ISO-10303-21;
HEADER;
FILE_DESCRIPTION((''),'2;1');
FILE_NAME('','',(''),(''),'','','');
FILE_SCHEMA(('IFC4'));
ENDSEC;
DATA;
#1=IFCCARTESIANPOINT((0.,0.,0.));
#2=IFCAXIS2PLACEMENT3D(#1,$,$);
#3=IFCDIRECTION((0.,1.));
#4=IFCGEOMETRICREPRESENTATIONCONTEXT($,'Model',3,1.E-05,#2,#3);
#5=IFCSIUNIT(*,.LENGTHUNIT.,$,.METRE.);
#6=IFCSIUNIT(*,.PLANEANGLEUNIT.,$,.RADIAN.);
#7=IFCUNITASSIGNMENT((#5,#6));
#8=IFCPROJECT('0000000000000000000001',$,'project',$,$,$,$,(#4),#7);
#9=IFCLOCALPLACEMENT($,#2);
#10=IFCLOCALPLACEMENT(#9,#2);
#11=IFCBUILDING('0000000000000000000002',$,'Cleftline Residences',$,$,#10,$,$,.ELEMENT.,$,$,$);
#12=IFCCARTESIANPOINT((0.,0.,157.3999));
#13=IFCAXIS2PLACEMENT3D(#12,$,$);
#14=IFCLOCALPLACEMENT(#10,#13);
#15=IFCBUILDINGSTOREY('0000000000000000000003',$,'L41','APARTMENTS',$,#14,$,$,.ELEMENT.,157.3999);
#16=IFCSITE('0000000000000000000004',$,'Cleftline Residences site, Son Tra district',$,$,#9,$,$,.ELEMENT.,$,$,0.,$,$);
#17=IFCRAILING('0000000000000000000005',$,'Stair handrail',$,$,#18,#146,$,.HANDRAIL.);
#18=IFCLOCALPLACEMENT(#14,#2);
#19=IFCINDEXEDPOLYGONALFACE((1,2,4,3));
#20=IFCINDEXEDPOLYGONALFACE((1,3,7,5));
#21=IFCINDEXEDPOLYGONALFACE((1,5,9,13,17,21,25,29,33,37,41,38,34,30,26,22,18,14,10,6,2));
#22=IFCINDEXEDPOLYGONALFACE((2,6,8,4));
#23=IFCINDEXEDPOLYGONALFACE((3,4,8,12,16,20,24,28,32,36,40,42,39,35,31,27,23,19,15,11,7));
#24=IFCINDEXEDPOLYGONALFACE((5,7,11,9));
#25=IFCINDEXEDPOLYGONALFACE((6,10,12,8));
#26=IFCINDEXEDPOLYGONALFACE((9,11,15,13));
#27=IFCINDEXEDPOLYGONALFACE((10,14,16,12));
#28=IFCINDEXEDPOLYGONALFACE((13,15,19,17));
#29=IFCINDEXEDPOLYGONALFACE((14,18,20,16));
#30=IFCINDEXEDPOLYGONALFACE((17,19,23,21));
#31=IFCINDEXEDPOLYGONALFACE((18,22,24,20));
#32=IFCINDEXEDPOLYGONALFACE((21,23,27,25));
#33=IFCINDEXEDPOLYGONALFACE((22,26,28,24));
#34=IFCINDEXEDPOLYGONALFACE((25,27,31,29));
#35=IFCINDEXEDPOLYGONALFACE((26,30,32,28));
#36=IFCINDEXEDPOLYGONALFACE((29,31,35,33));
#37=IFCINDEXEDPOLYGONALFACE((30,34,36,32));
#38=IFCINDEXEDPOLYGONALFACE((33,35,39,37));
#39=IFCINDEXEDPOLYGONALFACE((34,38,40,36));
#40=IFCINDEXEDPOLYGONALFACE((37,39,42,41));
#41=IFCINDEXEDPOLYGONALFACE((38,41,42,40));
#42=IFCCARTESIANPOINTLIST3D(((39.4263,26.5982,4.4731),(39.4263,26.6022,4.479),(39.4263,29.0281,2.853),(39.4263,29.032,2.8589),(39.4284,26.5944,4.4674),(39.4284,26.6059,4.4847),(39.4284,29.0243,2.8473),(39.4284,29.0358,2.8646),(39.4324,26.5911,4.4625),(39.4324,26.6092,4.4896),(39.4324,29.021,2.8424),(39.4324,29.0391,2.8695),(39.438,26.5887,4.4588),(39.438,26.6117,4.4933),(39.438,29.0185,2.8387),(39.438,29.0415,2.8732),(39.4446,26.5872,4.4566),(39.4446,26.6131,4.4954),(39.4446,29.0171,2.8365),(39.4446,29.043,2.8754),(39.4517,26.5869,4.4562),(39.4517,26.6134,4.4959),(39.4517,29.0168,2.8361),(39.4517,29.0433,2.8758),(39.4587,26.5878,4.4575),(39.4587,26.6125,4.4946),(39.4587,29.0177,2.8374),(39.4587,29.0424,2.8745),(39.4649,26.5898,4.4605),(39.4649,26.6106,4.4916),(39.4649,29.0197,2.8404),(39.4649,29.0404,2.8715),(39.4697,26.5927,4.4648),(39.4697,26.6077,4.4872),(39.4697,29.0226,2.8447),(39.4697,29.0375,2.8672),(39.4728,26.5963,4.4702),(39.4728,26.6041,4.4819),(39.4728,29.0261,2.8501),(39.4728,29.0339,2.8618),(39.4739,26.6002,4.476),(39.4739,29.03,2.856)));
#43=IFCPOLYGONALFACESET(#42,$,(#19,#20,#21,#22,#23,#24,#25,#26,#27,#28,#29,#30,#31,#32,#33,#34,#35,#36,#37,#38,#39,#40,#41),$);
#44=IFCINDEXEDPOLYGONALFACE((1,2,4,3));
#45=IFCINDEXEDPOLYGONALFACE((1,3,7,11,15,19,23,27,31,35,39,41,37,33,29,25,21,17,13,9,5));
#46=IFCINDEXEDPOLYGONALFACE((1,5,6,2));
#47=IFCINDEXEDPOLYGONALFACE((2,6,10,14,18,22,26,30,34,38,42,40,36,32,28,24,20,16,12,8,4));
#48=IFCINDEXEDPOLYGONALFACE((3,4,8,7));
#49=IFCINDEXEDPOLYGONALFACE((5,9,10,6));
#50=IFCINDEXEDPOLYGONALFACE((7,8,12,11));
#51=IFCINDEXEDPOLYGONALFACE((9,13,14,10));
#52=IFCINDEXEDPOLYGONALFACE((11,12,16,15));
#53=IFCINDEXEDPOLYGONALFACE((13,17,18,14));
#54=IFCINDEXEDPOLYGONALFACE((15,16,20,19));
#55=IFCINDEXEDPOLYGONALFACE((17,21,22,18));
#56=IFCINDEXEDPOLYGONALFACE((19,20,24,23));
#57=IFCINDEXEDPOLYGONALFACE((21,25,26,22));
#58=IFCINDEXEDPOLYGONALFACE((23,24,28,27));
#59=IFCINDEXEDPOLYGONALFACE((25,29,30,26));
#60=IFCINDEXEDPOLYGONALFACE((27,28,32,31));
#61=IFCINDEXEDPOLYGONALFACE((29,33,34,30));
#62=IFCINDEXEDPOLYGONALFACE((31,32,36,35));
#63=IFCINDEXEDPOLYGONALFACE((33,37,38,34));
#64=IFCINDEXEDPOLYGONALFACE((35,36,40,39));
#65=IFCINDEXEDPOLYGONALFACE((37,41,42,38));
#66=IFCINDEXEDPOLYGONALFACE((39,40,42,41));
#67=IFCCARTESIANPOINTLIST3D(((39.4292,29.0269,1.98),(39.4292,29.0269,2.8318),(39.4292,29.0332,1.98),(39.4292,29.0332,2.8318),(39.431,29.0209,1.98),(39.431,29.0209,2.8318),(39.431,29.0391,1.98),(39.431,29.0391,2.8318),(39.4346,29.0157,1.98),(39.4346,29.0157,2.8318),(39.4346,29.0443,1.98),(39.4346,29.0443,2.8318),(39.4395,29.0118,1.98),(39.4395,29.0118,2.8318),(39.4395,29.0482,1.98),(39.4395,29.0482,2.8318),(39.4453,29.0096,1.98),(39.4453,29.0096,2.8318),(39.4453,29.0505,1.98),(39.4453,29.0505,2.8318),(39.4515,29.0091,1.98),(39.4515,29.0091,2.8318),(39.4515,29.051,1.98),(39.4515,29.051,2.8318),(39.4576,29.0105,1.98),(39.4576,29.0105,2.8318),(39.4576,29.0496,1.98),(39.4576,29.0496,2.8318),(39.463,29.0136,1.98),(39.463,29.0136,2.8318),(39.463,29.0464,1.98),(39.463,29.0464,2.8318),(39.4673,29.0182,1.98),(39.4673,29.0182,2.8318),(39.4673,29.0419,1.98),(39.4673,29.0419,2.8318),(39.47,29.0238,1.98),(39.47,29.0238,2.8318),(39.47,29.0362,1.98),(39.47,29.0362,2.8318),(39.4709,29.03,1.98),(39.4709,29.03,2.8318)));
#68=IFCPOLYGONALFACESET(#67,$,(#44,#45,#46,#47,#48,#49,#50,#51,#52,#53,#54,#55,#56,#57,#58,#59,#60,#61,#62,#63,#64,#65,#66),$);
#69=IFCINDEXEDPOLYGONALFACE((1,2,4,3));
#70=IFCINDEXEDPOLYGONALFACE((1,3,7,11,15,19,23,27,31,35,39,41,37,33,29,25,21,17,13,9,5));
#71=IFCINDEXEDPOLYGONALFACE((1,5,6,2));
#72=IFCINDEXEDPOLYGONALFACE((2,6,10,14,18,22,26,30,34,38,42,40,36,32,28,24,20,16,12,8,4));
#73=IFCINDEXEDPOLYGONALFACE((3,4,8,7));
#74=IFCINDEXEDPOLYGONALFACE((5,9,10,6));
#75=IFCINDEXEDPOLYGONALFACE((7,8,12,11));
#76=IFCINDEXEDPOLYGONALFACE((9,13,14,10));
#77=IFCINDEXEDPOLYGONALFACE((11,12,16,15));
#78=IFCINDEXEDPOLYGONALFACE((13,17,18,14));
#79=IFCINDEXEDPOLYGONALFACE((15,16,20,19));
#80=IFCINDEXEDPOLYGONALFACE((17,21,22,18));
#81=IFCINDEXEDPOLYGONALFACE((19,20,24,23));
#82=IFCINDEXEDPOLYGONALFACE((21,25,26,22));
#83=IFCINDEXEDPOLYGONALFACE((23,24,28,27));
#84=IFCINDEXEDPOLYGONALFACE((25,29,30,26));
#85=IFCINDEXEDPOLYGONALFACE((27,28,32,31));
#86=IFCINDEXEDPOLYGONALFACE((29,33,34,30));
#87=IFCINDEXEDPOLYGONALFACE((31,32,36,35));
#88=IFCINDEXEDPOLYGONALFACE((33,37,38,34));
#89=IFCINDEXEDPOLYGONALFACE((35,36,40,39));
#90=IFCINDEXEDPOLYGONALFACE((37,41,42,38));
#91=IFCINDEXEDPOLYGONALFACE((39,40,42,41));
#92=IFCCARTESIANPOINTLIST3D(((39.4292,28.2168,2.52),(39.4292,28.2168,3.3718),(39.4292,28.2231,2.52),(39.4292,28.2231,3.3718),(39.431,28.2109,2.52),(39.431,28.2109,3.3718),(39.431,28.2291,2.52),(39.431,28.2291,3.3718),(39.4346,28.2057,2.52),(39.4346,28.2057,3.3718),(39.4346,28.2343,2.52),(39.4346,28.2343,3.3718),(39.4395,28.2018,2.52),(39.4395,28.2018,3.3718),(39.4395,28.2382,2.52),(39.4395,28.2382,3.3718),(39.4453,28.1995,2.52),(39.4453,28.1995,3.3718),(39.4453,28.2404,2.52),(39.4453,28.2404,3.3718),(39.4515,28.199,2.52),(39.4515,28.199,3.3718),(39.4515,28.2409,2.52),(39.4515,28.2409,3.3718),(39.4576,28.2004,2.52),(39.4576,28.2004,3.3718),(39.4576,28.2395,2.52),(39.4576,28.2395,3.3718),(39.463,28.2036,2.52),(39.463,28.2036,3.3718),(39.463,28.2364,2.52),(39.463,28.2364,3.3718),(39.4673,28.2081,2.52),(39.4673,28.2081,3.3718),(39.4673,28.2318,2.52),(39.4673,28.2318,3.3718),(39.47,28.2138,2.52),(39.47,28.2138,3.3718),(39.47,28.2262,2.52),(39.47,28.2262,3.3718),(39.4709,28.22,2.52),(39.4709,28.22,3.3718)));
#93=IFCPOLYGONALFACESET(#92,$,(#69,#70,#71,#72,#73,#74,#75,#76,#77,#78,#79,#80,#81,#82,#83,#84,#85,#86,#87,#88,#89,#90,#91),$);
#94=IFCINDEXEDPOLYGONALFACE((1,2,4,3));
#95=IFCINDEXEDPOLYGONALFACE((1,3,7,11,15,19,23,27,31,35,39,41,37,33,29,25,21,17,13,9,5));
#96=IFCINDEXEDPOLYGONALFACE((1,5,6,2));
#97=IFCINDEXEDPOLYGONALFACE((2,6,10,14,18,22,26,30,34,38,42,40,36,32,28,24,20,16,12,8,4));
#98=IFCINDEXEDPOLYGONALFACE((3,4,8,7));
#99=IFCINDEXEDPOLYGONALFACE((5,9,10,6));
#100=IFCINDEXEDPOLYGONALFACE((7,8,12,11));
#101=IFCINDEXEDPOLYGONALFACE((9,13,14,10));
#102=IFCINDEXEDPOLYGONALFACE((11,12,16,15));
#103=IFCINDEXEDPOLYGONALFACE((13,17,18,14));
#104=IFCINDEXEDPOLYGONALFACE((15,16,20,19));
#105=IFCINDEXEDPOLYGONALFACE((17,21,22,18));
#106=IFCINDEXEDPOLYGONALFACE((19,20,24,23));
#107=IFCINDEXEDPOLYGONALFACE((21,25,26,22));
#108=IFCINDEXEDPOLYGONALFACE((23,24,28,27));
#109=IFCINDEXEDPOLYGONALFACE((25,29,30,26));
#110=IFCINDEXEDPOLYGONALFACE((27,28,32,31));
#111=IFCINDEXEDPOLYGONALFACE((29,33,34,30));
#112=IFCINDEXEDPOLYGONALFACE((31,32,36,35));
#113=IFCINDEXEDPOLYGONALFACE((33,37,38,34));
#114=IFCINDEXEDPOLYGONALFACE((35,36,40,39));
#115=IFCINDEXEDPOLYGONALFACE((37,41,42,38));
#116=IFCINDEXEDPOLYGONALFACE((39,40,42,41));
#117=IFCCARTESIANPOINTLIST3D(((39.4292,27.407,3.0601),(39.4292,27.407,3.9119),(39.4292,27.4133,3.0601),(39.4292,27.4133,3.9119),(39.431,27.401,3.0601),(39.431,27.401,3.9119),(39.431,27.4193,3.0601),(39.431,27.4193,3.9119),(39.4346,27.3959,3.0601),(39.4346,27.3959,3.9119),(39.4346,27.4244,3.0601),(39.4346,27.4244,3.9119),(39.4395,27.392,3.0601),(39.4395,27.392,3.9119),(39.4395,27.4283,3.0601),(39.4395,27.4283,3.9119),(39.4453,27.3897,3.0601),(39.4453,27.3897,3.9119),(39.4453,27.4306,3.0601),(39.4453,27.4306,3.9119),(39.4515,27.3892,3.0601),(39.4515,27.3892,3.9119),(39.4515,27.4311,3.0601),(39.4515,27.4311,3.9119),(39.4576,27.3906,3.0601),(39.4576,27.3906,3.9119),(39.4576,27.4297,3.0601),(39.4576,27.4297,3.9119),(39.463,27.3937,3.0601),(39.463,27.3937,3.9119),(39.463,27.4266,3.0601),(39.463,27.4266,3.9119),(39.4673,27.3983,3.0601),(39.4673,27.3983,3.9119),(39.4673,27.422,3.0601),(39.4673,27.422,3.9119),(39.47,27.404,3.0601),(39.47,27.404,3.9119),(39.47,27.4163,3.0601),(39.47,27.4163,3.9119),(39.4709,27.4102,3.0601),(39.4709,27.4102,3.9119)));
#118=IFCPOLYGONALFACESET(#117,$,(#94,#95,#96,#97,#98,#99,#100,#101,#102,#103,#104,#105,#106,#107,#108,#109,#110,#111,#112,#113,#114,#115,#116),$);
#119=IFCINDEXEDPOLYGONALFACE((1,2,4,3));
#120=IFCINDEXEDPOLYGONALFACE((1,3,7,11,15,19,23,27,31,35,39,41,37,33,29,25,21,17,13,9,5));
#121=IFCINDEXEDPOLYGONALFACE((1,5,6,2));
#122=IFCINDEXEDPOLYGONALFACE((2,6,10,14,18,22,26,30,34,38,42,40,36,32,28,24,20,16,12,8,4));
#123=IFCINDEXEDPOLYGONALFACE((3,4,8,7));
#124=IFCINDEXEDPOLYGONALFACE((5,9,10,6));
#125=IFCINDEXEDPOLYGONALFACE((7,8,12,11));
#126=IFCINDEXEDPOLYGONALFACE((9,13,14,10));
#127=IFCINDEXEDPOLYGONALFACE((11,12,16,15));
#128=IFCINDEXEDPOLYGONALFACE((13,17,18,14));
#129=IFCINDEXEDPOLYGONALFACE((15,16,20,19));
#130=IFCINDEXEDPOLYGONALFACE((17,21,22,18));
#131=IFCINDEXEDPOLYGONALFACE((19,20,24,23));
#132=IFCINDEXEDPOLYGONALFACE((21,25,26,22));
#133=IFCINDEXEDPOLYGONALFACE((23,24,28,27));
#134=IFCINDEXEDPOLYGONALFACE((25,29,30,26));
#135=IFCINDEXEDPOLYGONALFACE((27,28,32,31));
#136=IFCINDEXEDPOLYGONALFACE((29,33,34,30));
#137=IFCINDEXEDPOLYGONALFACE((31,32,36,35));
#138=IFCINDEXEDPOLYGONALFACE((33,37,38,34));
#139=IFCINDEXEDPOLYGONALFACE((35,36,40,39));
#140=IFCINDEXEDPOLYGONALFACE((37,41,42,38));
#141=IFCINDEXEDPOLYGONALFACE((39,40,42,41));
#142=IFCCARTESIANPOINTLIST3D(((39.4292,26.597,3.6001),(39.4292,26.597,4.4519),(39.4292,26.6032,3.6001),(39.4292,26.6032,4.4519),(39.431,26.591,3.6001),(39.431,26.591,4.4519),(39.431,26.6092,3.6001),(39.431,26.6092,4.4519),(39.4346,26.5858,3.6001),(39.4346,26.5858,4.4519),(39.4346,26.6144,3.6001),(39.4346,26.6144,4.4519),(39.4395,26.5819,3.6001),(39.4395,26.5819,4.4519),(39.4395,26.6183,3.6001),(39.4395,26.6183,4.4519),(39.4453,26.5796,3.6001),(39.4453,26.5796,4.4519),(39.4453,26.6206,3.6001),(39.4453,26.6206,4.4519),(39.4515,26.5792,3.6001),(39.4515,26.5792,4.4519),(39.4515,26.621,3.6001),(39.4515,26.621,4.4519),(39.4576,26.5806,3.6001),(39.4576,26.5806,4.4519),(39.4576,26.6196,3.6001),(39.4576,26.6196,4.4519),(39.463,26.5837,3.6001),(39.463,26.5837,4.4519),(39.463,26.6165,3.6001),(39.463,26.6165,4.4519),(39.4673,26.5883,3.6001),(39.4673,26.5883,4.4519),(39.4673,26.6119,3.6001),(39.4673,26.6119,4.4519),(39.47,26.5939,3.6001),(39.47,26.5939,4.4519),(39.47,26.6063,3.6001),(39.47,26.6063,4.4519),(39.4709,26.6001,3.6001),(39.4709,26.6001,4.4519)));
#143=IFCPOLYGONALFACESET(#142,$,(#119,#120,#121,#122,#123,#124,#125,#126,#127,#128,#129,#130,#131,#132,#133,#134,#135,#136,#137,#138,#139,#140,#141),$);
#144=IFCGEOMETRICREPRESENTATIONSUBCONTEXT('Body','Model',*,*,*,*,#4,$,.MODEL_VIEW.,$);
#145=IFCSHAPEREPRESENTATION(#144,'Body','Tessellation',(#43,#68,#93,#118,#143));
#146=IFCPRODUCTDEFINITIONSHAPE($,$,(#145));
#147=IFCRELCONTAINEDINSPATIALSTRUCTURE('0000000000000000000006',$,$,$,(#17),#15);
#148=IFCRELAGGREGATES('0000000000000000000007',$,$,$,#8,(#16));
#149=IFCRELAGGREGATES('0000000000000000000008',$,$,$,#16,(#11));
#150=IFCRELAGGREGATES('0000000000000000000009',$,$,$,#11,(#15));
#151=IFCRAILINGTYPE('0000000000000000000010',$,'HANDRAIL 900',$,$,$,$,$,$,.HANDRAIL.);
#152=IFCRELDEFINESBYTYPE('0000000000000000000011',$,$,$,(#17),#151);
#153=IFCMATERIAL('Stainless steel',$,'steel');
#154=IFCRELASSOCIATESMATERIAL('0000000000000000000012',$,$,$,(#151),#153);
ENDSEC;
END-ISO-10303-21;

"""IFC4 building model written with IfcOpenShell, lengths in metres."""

from ifc_helpers import new_model, si_unit, direction, frame, origin, origin_2d, place, context, subcontext, project, spatial, circle, extrude, material, type_object, element, save


model = new_model("IFC4")

# Units and contexts
model_context = context("Model", 3, precision=1e-05, world=origin(), true_north=direction((0.0, 1.0)))
body_context = subcontext(model_context, "Body", "Model", "MODEL_VIEW")
ifc_project = project(units=[si_unit("LENGTHUNIT", "METRE"), si_unit("PLANEANGLEUNIT", "RADIAN")], contexts=[model_context])

# Site, building, storey
site_placement = place(None, origin())
site = spatial("IfcSite", under=ifc_project, at=site_placement, Name="Cleftline Residences site, Son Tra district", CompositionType="ELEMENT", RefElevation=0.0)
building_placement = place(site_placement, origin())
building = spatial("IfcBuilding", under=site, at=building_placement, Name="Cleftline Residences", CompositionType="ELEMENT")
storey_placement = place(building_placement, frame((0.0, 0.0, 157.3999)))
storey = spatial("IfcBuildingStorey", under=building, at=storey_placement, Name="L41", Description="APARTMENTS", CompositionType="ELEMENT", Elevation=157.3999)

# Railing
ifc_material_1 = material(Name="Stainless steel", Category="steel")
railing_type = type_object("IfcRailingType", Name="HANDRAIL 900", PredefinedType="HANDRAIL", material=ifc_material_1)
railing_1_placement = place(storey_placement, frame((39.45, 29.03, 1.98)))
element("IfcRailing", 1, at=railing_1_placement, inside=storey, type_object=railing_type, Name="Stair handrail", PredefinedType="HANDRAIL", context=body_context, shape_type="SweptSolid", body=[
    extrude(circle(Radius=0.0239, at=origin_2d()), frame((0.0, 0.0, 0.876), z_axis=(0.0, -0.832025, 0.554739), x_axis=(1.0, 0.0, 0.0)), (0.0, 0.0, 1.0), 2.9204),
    extrude(circle(Radius=0.021, at=origin_2d()), origin(), (0.0, 0.0, 1.0), 0.8518),
    extrude(circle(Radius=0.021, at=origin_2d()), frame((0.0, -0.8101, 0.54)), (0.0, 0.0, 1.0), 0.8518),
    extrude(circle(Radius=0.021, at=origin_2d()), frame((0.0, -1.6199, 1.0801)), (0.0, 0.0, 1.0), 0.8518),
    extrude(circle(Radius=0.021, at=origin_2d()), frame((0.0, -2.4299, 1.6201)), (0.0, 0.0, 1.0), 0.8518),
])

save(model, "model.ifc")
